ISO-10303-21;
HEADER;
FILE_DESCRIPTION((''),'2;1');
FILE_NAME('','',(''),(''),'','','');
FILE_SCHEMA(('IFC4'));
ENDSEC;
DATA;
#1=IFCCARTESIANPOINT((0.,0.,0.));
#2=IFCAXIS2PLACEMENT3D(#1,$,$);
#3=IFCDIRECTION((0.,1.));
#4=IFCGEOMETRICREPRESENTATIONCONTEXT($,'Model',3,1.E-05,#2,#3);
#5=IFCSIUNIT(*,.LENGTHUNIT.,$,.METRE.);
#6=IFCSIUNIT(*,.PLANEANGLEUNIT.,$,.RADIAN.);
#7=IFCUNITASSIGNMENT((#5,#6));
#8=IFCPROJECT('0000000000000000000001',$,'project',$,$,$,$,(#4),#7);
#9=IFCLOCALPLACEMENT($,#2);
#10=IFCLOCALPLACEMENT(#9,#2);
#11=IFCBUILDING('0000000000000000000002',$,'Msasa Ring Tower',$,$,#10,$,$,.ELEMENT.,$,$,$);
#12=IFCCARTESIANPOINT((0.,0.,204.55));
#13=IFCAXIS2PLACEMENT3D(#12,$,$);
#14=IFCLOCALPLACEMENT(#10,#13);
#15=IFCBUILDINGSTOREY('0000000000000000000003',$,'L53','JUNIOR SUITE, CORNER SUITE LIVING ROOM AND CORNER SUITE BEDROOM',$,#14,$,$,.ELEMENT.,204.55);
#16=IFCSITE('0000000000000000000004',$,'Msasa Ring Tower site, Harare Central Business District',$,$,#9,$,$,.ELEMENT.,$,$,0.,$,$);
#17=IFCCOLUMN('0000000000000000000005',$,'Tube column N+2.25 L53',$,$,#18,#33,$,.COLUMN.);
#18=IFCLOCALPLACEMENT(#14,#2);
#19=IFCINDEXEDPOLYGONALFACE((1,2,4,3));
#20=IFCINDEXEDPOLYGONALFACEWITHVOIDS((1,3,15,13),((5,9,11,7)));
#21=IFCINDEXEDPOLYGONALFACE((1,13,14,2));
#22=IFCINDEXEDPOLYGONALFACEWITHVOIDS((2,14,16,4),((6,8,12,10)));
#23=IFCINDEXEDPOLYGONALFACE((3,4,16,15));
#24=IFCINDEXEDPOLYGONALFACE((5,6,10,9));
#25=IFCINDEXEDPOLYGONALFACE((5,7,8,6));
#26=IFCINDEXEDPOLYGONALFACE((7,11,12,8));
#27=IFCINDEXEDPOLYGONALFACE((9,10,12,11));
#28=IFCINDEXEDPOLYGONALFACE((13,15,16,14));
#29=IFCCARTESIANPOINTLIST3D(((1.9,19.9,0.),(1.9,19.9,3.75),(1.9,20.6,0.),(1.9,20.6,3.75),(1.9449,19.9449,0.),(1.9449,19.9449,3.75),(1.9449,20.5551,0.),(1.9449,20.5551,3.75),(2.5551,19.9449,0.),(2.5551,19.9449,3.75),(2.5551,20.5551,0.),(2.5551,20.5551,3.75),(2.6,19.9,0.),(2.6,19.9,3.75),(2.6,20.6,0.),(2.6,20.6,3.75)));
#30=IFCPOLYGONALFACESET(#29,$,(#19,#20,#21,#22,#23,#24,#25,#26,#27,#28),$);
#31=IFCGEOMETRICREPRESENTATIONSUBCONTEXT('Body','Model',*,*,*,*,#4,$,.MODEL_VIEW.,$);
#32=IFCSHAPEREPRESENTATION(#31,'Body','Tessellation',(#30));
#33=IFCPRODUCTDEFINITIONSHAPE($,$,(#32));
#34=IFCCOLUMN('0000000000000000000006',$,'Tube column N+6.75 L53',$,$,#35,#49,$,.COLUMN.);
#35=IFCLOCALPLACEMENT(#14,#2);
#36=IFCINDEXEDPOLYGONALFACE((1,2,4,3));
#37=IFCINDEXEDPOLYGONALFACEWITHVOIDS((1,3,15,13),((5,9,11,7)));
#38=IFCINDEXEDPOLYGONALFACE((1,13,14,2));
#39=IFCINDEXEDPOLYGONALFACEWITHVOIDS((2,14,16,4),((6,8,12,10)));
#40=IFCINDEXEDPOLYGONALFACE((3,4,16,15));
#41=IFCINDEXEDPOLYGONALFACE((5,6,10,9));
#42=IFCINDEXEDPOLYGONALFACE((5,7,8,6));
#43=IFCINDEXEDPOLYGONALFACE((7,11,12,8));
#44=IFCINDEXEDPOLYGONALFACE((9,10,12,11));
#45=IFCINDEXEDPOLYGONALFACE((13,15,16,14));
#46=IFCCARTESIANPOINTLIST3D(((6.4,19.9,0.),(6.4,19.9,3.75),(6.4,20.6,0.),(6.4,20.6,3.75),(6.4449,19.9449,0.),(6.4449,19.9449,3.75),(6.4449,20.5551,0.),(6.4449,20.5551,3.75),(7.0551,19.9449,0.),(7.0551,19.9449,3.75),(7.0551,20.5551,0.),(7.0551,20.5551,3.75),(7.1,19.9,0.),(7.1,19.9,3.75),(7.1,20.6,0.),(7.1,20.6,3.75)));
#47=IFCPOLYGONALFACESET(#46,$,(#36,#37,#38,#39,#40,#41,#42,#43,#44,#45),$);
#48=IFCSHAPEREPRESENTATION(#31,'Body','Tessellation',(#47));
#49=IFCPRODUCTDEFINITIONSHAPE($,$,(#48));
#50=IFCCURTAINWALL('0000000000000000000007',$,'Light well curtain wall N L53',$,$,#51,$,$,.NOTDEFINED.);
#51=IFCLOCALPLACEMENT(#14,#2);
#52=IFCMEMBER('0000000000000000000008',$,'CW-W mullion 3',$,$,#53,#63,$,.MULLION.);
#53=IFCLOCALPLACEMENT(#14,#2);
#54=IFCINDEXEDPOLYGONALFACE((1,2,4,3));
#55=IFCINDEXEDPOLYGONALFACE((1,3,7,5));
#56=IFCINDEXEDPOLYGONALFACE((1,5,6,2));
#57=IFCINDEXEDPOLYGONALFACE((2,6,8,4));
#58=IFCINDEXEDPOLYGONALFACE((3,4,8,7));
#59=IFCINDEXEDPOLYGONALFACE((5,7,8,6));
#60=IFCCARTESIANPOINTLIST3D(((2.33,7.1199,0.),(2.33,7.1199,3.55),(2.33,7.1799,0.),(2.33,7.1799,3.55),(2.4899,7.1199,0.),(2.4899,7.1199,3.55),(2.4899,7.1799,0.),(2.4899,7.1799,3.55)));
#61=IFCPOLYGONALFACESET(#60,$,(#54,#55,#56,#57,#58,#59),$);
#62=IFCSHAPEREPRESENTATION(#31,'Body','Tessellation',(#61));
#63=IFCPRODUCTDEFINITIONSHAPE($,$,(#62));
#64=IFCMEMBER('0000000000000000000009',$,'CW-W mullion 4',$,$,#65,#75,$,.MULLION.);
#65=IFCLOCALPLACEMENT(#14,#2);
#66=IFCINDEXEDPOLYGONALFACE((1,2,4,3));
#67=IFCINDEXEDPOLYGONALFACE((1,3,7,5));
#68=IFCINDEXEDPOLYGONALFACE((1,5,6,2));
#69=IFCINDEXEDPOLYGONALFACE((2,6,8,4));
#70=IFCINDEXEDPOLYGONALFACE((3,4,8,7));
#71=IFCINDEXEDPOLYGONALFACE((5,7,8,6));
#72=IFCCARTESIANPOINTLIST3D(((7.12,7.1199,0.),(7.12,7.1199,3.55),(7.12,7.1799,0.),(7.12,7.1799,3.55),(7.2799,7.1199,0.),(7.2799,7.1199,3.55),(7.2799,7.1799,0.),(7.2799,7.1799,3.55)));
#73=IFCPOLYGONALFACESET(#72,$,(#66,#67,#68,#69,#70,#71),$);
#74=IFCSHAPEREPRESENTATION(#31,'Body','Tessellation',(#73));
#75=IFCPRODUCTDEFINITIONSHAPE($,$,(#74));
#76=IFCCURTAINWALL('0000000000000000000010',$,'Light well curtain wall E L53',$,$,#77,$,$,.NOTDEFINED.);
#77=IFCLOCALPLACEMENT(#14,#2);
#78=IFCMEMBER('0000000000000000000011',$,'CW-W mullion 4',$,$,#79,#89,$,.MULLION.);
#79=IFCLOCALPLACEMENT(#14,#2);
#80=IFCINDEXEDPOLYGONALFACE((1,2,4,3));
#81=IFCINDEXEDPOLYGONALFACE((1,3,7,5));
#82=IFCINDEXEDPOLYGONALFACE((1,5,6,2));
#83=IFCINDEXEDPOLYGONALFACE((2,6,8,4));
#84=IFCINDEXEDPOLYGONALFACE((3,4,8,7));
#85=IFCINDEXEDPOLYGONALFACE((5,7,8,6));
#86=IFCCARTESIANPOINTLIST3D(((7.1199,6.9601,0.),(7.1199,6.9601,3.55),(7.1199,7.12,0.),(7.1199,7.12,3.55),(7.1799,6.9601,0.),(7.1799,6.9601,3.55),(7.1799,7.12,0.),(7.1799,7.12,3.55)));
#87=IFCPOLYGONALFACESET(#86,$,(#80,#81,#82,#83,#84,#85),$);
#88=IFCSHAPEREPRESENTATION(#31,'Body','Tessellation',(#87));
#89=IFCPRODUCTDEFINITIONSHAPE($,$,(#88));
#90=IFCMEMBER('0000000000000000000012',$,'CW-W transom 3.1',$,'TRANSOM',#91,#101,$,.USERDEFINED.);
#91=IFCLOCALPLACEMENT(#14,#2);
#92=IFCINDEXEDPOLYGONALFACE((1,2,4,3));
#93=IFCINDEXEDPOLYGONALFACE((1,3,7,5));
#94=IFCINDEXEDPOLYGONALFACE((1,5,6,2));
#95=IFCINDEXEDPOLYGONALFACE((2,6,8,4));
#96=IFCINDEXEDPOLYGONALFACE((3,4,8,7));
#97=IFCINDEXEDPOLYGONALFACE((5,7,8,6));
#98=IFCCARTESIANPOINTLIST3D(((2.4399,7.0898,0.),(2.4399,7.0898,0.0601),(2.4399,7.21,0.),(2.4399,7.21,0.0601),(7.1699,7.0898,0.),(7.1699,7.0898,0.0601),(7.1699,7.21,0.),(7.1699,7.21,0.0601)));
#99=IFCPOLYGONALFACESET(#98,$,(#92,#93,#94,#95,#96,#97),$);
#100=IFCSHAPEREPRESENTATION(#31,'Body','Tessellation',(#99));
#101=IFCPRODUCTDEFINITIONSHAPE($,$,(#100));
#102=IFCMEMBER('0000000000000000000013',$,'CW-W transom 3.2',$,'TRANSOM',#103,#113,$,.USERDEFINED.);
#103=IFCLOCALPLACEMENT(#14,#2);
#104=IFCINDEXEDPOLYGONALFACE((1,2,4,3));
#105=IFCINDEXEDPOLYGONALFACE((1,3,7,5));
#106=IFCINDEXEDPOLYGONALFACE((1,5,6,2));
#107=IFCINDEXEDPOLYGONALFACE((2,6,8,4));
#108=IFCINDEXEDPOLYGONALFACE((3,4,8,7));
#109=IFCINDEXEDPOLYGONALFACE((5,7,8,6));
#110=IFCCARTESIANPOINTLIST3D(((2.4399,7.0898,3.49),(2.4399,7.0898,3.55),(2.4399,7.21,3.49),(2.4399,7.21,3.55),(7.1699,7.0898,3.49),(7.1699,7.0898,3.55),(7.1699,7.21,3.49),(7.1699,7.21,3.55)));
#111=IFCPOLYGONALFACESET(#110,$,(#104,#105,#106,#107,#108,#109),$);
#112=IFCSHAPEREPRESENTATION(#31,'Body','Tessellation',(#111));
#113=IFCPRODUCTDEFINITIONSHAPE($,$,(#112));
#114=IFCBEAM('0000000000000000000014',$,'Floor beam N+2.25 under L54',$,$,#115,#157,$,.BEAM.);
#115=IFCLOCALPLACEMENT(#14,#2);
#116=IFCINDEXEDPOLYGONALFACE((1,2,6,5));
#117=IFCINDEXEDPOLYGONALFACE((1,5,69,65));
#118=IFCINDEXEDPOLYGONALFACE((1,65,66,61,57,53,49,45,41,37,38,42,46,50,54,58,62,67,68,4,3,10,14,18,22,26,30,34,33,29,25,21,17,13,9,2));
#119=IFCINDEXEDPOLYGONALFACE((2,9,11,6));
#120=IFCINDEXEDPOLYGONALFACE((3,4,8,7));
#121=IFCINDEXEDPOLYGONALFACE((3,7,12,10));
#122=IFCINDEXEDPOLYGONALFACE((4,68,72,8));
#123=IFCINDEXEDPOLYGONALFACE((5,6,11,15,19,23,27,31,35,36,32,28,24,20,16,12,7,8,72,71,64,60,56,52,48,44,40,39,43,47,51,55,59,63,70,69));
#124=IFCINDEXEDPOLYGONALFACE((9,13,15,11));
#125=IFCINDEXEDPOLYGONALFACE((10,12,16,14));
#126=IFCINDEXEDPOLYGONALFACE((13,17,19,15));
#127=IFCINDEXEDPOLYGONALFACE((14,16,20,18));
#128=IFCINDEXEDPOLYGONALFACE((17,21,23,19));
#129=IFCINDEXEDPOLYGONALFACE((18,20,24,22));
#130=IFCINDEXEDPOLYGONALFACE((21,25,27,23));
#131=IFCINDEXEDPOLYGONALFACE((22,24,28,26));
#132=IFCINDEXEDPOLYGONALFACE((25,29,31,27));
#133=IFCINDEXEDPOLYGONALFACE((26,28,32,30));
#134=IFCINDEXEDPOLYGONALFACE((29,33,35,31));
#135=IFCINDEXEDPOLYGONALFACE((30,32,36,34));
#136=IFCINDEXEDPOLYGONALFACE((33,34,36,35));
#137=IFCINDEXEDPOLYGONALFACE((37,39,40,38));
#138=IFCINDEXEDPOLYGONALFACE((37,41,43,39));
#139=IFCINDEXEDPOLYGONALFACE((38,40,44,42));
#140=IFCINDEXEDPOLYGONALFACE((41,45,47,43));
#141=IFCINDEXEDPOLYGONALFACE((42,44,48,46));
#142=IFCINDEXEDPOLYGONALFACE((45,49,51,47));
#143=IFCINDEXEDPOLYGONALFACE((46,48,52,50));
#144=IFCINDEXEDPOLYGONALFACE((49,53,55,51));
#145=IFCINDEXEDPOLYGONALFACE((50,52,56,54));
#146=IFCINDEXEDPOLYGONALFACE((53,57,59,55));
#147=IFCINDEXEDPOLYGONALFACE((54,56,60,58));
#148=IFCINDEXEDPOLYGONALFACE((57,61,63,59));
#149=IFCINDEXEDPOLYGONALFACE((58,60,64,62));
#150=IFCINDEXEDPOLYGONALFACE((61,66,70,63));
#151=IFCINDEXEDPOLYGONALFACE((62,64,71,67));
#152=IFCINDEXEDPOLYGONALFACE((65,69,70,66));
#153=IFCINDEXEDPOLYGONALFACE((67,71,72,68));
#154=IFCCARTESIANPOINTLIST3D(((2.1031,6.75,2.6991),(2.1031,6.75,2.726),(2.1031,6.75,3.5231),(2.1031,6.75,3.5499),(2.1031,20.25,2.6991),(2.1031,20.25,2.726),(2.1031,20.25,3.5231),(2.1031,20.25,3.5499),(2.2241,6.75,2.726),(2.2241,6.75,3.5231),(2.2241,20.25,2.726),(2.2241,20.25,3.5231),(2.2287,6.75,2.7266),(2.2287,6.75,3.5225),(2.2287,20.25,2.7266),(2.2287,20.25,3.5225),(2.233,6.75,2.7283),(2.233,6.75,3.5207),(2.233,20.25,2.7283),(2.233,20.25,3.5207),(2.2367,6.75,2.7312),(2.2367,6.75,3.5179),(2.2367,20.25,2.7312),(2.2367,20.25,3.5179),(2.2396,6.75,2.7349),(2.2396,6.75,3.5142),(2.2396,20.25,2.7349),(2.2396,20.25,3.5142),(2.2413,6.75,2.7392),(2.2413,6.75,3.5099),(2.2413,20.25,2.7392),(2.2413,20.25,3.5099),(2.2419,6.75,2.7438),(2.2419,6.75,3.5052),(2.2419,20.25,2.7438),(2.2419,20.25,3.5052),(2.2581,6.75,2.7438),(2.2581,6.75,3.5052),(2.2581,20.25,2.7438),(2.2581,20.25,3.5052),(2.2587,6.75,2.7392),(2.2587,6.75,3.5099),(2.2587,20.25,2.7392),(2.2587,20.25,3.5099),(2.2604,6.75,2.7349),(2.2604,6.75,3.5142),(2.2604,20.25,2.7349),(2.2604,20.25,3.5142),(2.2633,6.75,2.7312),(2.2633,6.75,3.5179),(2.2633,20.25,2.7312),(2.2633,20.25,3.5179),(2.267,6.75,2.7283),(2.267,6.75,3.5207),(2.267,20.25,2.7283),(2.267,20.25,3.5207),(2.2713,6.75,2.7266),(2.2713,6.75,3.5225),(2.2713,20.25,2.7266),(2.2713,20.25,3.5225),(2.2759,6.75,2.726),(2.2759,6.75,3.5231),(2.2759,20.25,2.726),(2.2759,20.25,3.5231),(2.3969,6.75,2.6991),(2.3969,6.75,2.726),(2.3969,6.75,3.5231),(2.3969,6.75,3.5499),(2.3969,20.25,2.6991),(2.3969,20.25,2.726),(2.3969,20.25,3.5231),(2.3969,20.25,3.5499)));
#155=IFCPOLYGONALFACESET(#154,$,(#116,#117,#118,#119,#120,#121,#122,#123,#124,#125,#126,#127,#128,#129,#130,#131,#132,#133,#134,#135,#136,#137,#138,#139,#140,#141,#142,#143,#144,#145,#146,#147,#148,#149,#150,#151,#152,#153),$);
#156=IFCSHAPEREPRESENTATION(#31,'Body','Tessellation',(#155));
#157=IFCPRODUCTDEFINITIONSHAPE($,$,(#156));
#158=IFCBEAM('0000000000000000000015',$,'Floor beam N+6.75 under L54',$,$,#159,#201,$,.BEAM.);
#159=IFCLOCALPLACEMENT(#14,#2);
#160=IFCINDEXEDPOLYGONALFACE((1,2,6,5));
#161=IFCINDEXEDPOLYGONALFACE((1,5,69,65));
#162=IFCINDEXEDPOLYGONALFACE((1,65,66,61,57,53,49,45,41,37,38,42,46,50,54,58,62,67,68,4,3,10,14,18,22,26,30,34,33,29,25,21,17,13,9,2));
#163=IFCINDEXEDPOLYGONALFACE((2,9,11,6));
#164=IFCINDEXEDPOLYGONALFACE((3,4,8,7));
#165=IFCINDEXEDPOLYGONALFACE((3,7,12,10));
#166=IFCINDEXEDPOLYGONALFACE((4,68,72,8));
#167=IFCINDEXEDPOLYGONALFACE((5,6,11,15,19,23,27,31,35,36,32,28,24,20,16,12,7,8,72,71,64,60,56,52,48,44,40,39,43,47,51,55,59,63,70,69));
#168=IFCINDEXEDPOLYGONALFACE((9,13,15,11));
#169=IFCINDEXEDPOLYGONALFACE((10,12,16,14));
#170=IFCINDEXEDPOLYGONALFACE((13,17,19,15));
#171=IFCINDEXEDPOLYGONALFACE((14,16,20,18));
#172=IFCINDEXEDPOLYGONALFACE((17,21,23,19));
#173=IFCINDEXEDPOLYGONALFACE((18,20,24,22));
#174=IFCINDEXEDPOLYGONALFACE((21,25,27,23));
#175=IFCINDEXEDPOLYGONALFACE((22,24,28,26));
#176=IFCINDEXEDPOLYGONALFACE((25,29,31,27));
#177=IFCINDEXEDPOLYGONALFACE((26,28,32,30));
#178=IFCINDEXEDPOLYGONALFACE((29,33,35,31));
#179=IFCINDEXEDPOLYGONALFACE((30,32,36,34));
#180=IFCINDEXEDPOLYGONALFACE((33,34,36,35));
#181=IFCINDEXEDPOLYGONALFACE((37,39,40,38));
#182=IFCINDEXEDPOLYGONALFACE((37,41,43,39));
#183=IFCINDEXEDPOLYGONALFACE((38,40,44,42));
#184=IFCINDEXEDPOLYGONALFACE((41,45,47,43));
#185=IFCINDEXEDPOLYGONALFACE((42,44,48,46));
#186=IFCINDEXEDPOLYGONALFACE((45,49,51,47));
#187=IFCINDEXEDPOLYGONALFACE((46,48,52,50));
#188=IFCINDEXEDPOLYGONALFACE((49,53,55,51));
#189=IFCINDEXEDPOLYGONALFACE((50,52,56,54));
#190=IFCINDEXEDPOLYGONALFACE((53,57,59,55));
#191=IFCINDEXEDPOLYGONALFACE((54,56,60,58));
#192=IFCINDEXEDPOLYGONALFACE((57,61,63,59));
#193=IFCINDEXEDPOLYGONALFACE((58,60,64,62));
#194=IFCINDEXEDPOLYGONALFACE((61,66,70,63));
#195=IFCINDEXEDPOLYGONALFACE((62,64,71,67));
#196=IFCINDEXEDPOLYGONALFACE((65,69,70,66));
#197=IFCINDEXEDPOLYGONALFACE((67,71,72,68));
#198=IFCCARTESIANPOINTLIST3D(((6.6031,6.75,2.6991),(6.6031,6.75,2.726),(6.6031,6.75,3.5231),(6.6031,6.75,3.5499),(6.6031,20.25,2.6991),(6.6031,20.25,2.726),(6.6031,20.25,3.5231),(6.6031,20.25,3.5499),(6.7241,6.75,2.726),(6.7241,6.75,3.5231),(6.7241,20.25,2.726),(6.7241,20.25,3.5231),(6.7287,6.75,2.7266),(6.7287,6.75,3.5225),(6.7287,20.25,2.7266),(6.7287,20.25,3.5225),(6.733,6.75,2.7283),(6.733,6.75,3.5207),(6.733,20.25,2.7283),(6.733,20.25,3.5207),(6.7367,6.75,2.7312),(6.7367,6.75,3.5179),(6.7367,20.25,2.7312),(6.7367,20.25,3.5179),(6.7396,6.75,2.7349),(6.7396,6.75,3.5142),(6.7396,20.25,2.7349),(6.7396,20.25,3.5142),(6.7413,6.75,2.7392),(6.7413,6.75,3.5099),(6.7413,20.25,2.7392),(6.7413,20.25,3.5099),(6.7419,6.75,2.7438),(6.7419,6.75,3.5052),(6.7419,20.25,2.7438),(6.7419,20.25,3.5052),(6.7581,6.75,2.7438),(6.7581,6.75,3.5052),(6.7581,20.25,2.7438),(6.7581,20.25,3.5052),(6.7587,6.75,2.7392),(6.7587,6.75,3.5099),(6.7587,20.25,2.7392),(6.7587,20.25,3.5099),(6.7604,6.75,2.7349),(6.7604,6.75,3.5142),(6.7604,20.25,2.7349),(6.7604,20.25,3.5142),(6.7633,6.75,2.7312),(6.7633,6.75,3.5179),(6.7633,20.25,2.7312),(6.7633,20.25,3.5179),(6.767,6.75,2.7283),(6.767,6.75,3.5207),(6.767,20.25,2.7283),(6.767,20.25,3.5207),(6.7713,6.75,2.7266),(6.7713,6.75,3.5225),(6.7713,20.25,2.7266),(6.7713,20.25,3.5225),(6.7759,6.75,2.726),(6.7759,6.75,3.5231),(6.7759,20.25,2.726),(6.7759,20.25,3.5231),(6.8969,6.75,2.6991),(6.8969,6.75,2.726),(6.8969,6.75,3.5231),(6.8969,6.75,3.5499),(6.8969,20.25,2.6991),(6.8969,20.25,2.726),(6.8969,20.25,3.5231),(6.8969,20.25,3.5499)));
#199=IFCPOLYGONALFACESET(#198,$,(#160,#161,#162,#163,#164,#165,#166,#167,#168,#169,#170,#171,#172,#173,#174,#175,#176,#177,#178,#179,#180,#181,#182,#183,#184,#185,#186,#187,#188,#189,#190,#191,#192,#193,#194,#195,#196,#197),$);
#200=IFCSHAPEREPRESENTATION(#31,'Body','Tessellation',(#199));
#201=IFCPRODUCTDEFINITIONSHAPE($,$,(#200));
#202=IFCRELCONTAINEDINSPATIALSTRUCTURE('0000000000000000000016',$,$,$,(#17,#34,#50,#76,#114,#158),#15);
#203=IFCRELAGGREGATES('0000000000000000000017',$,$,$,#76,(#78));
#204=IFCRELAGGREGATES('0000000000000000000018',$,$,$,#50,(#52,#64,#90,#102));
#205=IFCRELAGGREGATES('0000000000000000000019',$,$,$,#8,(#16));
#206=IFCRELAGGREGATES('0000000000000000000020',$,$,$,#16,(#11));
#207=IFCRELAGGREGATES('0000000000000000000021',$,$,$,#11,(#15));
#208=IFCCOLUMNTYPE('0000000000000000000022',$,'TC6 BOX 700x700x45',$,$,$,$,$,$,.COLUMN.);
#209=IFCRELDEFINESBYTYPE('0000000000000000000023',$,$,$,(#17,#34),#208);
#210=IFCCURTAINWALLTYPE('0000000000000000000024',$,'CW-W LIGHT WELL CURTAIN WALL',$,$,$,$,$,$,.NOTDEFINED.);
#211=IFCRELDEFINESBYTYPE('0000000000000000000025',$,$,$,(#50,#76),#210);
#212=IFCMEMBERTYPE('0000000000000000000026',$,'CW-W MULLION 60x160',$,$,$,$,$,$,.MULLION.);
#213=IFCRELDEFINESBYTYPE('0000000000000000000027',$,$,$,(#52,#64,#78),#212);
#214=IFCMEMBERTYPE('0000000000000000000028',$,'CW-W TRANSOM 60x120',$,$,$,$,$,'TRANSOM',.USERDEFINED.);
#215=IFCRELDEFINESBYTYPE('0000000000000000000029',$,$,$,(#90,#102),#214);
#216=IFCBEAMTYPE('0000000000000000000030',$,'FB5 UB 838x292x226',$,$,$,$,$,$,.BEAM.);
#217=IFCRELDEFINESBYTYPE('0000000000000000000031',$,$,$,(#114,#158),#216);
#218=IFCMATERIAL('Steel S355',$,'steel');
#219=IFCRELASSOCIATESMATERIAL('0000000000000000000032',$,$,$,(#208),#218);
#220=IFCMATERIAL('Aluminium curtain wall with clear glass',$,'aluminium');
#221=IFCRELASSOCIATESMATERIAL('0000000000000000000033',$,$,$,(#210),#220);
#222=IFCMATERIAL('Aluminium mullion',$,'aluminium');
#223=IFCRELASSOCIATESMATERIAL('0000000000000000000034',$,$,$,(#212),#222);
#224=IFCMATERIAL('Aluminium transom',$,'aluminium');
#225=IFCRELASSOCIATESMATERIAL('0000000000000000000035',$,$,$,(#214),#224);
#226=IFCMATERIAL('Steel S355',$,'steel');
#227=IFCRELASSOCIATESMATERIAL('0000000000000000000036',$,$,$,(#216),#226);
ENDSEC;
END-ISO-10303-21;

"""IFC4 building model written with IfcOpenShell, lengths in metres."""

from ifc_helpers import new_model, si_unit, direction, frame, origin, origin_2d, place, context, subcontext, project, spatial, rectangle, hollow_rectangle, i_section, extrude, material, material_profile, profile_set, type_object, element, aggregate, save


model = new_model("IFC4")

# Units and contexts
model_context = context("Model", 3, precision=1e-05, world=origin(), true_north=direction((0.0, 1.0)))
body_context = subcontext(model_context, "Body", "Model", "MODEL_VIEW")
ifc_project = project(units=[si_unit("LENGTHUNIT", "METRE"), si_unit("PLANEANGLEUNIT", "RADIAN")], contexts=[model_context])

# Site, building, storey
site_placement = place(None, origin())
site = spatial("IfcSite", under=ifc_project, at=site_placement, Name="Msasa Ring Tower site, Harare Central Business District", CompositionType="ELEMENT", RefElevation=0.0)
building_placement = place(site_placement, origin())
building = spatial("IfcBuilding", under=site, at=building_placement, Name="Msasa Ring Tower", CompositionType="ELEMENT")
storey_placement = place(building_placement, frame((0.0, 0.0, 204.55)))
storey = spatial("IfcBuildingStorey", under=building, at=storey_placement, Name="L53", Description="JUNIOR SUITE, CORNER SUITE LIVING ROOM AND CORNER SUITE BEDROOM", CompositionType="ELEMENT", Elevation=204.55)

# Columns
ifc_material_1 = material(Name="Steel S355", Category="steel")
ifc_material_profile_1 = material_profile(ifc_material_1, hollow_rectangle(XDim=0.7, YDim=0.7, WallThickness=0.0449, at=origin_2d()), Name="BOX 700x700x45")
ifc_profile_set_1 = profile_set([ifc_material_profile_1], Name="Steel S355")
column_type = type_object("IfcColumnType", Name="TC6 BOX 700x700x45", PredefinedType="COLUMN", material=ifc_profile_set_1)
for number, where, z_axis, x_axis, name in (
    (1, (2.25, 20.25, 0.0), (0.0, 0.0, 1.0), (0.0, 1.0, 0.0), "Tube column N+2.25 L53"),
    (2, (6.75, 20.25, 0.0), (0.0, 0.0, 1.0), (0.0, 1.0, 0.0), "Tube column N+6.75 L53"),
):
    element("IfcColumn", number, at=place(storey_placement, frame(where, z_axis=z_axis, x_axis=x_axis)), inside=storey, type_object=column_type, Name=name, PredefinedType="COLUMN", context=body_context, shape_type="SweptSolid", body=[
        extrude(hollow_rectangle(XDim=0.7, YDim=0.7, WallThickness=0.0449, at=origin_2d()), origin(), (0.0, 0.0, 1.0), 3.75),
    ])

# Curtain wall, members
ifc_material_2 = material(Name="Aluminium curtain wall with clear glass", Category="aluminium")
curtain_wall_type = type_object("IfcCurtainWallType", Name="CW-W LIGHT WELL CURTAIN WALL", PredefinedType="NOTDEFINED", material=ifc_material_2)
curtain_wall_1_placement = place(storey_placement, origin())
curtain_wall_1 = element("IfcCurtainWall", 3, at=curtain_wall_1_placement, inside=storey, type_object=curtain_wall_type, Name="Light well curtain wall N L53", PredefinedType="NOTDEFINED")
ifc_material_3 = material(Name="Aluminium mullion", Category="aluminium")
ifc_material_profile_2 = material_profile(ifc_material_3, rectangle(XDim=0.0601, YDim=0.1599, at=origin_2d()), Name="AL 60x160")
ifc_profile_set_2 = profile_set([ifc_material_profile_2], Name="Aluminium mullion")
member_type_1 = type_object("IfcMemberType", Name="CW-W MULLION 60x160", PredefinedType="MULLION", material=ifc_profile_set_2)
member_1_placement = place(storey_placement, frame((2.4099, 7.1499, 0.0), z_axis=(0.0, 0.0, 1.0), x_axis=(0.0, 1.0, 0.0)))
member_1 = element("IfcMember", 4, at=member_1_placement, type_object=member_type_1, Name="CW-W mullion 3", PredefinedType="MULLION", context=body_context, shape_type="SweptSolid", body=[
    extrude(rectangle(XDim=0.0601, YDim=0.1599, at=origin_2d()), origin(), (0.0, 0.0, 1.0), 3.55),
])
member_2_placement = place(storey_placement, frame((7.2, 7.1499, 0.0), z_axis=(0.0, 0.0, 1.0), x_axis=(0.0, 1.0, 0.0)))
member_2 = element("IfcMember", 5, at=member_2_placement, type_object=member_type_1, Name="CW-W mullion 4", PredefinedType="MULLION", context=body_context, shape_type="SweptSolid", body=[
    extrude(rectangle(XDim=0.0601, YDim=0.1599, at=origin_2d()), origin(), (0.0, 0.0, 1.0), 3.55),
])

# Curtain wall, member
curtain_wall_2_placement = place(storey_placement, origin())
curtain_wall_2 = element("IfcCurtainWall", 6, at=curtain_wall_2_placement, inside=storey, type_object=curtain_wall_type, Name="Light well curtain wall E L53", PredefinedType="NOTDEFINED")
member_3_placement = place(storey_placement, frame((7.1499, 7.04, 0.0), z_axis=(0.0, 0.0, 1.0), x_axis=(-1.0, 0.0, 0.0)))
member_3 = element("IfcMember", 7, at=member_3_placement, type_object=member_type_1, Name="CW-W mullion 4", PredefinedType="MULLION", context=body_context, shape_type="SweptSolid", body=[
    extrude(rectangle(XDim=0.0601, YDim=0.1599, at=origin_2d()), origin(), (0.0, 0.0, 1.0), 3.55),
])
aggregate(curtain_wall_2, [member_3])

# Members
ifc_material_4 = material(Name="Aluminium transom", Category="aluminium")
ifc_material_profile_3 = material_profile(ifc_material_4, rectangle(XDim=0.1201, YDim=0.0601, at=origin_2d()), Name="AL 60x120")
ifc_profile_set_3 = profile_set([ifc_material_profile_3], Name="Aluminium transom")
member_type_2 = type_object("IfcMemberType", Name="CW-W TRANSOM 60x120", ElementType="TRANSOM", PredefinedType="USERDEFINED", material=ifc_profile_set_3)
member_4_placement = place(storey_placement, frame((2.4399, 7.1499, 0.03), z_axis=(1.0, 0.0, 0.0), x_axis=(0.0, 1.0, 0.0)))
member_4 = element("IfcMember", 8, at=member_4_placement, type_object=member_type_2, Name="CW-W transom 3.1", ObjectType="TRANSOM", PredefinedType="USERDEFINED", context=body_context, shape_type="SweptSolid", body=[
    extrude(rectangle(XDim=0.1201, YDim=0.0601, at=origin_2d()), origin(), (0.0, 0.0, 1.0), 4.73),
])
member_5_placement = place(storey_placement, frame((2.4399, 7.1499, 3.52), z_axis=(1.0, 0.0, 0.0), x_axis=(0.0, 1.0, 0.0)))
member_5 = element("IfcMember", 9, at=member_5_placement, type_object=member_type_2, Name="CW-W transom 3.2", ObjectType="TRANSOM", PredefinedType="USERDEFINED", context=body_context, shape_type="SweptSolid", body=[
    extrude(rectangle(XDim=0.1201, YDim=0.0601, at=origin_2d()), origin(), (0.0, 0.0, 1.0), 4.73),
])

# Beams
ifc_material_5 = material(Name="Steel S355", Category="steel")
ifc_material_profile_4 = material_profile(ifc_material_5, i_section(OverallWidth=0.2937, OverallDepth=0.8508, WebThickness=0.0161, FlangeThickness=0.0269, FilletRadius=0.0178, at=origin_2d()), Name="UB 838x292x226")
ifc_profile_set_4 = profile_set([ifc_material_profile_4], Name="Steel S355")
beam_type_1 = type_object("IfcBeamType", Name="FB5 UB 838x292x226", PredefinedType="BEAM", material=ifc_profile_set_4)
for number, where, z_axis, x_axis, name in (
    (10, (2.25, 20.25, 3.1245), (0.0, -1.0, 0.0), (1.0, 0.0, 0.0), "Floor beam N+2.25 under L54"),
    (11, (6.75, 20.25, 3.1245), (0.0, -1.0, 0.0), (1.0, 0.0, 0.0), "Floor beam N+6.75 under L54"),
):
    element("IfcBeam", number, at=place(storey_placement, frame(where, z_axis=z_axis, x_axis=x_axis)), inside=storey, type_object=beam_type_1, Name=name, PredefinedType="BEAM", context=body_context, shape_type="SweptSolid", body=[
        extrude(i_section(OverallWidth=0.2937, OverallDepth=0.8508, WebThickness=0.0161, FlangeThickness=0.0269, FilletRadius=0.0178, at=origin_2d()), origin(), (0.0, 0.0, 1.0), 13.5),
    ])

aggregate(curtain_wall_1, [member_1, member_2, member_4, member_5])

save(model, "model.ifc")
